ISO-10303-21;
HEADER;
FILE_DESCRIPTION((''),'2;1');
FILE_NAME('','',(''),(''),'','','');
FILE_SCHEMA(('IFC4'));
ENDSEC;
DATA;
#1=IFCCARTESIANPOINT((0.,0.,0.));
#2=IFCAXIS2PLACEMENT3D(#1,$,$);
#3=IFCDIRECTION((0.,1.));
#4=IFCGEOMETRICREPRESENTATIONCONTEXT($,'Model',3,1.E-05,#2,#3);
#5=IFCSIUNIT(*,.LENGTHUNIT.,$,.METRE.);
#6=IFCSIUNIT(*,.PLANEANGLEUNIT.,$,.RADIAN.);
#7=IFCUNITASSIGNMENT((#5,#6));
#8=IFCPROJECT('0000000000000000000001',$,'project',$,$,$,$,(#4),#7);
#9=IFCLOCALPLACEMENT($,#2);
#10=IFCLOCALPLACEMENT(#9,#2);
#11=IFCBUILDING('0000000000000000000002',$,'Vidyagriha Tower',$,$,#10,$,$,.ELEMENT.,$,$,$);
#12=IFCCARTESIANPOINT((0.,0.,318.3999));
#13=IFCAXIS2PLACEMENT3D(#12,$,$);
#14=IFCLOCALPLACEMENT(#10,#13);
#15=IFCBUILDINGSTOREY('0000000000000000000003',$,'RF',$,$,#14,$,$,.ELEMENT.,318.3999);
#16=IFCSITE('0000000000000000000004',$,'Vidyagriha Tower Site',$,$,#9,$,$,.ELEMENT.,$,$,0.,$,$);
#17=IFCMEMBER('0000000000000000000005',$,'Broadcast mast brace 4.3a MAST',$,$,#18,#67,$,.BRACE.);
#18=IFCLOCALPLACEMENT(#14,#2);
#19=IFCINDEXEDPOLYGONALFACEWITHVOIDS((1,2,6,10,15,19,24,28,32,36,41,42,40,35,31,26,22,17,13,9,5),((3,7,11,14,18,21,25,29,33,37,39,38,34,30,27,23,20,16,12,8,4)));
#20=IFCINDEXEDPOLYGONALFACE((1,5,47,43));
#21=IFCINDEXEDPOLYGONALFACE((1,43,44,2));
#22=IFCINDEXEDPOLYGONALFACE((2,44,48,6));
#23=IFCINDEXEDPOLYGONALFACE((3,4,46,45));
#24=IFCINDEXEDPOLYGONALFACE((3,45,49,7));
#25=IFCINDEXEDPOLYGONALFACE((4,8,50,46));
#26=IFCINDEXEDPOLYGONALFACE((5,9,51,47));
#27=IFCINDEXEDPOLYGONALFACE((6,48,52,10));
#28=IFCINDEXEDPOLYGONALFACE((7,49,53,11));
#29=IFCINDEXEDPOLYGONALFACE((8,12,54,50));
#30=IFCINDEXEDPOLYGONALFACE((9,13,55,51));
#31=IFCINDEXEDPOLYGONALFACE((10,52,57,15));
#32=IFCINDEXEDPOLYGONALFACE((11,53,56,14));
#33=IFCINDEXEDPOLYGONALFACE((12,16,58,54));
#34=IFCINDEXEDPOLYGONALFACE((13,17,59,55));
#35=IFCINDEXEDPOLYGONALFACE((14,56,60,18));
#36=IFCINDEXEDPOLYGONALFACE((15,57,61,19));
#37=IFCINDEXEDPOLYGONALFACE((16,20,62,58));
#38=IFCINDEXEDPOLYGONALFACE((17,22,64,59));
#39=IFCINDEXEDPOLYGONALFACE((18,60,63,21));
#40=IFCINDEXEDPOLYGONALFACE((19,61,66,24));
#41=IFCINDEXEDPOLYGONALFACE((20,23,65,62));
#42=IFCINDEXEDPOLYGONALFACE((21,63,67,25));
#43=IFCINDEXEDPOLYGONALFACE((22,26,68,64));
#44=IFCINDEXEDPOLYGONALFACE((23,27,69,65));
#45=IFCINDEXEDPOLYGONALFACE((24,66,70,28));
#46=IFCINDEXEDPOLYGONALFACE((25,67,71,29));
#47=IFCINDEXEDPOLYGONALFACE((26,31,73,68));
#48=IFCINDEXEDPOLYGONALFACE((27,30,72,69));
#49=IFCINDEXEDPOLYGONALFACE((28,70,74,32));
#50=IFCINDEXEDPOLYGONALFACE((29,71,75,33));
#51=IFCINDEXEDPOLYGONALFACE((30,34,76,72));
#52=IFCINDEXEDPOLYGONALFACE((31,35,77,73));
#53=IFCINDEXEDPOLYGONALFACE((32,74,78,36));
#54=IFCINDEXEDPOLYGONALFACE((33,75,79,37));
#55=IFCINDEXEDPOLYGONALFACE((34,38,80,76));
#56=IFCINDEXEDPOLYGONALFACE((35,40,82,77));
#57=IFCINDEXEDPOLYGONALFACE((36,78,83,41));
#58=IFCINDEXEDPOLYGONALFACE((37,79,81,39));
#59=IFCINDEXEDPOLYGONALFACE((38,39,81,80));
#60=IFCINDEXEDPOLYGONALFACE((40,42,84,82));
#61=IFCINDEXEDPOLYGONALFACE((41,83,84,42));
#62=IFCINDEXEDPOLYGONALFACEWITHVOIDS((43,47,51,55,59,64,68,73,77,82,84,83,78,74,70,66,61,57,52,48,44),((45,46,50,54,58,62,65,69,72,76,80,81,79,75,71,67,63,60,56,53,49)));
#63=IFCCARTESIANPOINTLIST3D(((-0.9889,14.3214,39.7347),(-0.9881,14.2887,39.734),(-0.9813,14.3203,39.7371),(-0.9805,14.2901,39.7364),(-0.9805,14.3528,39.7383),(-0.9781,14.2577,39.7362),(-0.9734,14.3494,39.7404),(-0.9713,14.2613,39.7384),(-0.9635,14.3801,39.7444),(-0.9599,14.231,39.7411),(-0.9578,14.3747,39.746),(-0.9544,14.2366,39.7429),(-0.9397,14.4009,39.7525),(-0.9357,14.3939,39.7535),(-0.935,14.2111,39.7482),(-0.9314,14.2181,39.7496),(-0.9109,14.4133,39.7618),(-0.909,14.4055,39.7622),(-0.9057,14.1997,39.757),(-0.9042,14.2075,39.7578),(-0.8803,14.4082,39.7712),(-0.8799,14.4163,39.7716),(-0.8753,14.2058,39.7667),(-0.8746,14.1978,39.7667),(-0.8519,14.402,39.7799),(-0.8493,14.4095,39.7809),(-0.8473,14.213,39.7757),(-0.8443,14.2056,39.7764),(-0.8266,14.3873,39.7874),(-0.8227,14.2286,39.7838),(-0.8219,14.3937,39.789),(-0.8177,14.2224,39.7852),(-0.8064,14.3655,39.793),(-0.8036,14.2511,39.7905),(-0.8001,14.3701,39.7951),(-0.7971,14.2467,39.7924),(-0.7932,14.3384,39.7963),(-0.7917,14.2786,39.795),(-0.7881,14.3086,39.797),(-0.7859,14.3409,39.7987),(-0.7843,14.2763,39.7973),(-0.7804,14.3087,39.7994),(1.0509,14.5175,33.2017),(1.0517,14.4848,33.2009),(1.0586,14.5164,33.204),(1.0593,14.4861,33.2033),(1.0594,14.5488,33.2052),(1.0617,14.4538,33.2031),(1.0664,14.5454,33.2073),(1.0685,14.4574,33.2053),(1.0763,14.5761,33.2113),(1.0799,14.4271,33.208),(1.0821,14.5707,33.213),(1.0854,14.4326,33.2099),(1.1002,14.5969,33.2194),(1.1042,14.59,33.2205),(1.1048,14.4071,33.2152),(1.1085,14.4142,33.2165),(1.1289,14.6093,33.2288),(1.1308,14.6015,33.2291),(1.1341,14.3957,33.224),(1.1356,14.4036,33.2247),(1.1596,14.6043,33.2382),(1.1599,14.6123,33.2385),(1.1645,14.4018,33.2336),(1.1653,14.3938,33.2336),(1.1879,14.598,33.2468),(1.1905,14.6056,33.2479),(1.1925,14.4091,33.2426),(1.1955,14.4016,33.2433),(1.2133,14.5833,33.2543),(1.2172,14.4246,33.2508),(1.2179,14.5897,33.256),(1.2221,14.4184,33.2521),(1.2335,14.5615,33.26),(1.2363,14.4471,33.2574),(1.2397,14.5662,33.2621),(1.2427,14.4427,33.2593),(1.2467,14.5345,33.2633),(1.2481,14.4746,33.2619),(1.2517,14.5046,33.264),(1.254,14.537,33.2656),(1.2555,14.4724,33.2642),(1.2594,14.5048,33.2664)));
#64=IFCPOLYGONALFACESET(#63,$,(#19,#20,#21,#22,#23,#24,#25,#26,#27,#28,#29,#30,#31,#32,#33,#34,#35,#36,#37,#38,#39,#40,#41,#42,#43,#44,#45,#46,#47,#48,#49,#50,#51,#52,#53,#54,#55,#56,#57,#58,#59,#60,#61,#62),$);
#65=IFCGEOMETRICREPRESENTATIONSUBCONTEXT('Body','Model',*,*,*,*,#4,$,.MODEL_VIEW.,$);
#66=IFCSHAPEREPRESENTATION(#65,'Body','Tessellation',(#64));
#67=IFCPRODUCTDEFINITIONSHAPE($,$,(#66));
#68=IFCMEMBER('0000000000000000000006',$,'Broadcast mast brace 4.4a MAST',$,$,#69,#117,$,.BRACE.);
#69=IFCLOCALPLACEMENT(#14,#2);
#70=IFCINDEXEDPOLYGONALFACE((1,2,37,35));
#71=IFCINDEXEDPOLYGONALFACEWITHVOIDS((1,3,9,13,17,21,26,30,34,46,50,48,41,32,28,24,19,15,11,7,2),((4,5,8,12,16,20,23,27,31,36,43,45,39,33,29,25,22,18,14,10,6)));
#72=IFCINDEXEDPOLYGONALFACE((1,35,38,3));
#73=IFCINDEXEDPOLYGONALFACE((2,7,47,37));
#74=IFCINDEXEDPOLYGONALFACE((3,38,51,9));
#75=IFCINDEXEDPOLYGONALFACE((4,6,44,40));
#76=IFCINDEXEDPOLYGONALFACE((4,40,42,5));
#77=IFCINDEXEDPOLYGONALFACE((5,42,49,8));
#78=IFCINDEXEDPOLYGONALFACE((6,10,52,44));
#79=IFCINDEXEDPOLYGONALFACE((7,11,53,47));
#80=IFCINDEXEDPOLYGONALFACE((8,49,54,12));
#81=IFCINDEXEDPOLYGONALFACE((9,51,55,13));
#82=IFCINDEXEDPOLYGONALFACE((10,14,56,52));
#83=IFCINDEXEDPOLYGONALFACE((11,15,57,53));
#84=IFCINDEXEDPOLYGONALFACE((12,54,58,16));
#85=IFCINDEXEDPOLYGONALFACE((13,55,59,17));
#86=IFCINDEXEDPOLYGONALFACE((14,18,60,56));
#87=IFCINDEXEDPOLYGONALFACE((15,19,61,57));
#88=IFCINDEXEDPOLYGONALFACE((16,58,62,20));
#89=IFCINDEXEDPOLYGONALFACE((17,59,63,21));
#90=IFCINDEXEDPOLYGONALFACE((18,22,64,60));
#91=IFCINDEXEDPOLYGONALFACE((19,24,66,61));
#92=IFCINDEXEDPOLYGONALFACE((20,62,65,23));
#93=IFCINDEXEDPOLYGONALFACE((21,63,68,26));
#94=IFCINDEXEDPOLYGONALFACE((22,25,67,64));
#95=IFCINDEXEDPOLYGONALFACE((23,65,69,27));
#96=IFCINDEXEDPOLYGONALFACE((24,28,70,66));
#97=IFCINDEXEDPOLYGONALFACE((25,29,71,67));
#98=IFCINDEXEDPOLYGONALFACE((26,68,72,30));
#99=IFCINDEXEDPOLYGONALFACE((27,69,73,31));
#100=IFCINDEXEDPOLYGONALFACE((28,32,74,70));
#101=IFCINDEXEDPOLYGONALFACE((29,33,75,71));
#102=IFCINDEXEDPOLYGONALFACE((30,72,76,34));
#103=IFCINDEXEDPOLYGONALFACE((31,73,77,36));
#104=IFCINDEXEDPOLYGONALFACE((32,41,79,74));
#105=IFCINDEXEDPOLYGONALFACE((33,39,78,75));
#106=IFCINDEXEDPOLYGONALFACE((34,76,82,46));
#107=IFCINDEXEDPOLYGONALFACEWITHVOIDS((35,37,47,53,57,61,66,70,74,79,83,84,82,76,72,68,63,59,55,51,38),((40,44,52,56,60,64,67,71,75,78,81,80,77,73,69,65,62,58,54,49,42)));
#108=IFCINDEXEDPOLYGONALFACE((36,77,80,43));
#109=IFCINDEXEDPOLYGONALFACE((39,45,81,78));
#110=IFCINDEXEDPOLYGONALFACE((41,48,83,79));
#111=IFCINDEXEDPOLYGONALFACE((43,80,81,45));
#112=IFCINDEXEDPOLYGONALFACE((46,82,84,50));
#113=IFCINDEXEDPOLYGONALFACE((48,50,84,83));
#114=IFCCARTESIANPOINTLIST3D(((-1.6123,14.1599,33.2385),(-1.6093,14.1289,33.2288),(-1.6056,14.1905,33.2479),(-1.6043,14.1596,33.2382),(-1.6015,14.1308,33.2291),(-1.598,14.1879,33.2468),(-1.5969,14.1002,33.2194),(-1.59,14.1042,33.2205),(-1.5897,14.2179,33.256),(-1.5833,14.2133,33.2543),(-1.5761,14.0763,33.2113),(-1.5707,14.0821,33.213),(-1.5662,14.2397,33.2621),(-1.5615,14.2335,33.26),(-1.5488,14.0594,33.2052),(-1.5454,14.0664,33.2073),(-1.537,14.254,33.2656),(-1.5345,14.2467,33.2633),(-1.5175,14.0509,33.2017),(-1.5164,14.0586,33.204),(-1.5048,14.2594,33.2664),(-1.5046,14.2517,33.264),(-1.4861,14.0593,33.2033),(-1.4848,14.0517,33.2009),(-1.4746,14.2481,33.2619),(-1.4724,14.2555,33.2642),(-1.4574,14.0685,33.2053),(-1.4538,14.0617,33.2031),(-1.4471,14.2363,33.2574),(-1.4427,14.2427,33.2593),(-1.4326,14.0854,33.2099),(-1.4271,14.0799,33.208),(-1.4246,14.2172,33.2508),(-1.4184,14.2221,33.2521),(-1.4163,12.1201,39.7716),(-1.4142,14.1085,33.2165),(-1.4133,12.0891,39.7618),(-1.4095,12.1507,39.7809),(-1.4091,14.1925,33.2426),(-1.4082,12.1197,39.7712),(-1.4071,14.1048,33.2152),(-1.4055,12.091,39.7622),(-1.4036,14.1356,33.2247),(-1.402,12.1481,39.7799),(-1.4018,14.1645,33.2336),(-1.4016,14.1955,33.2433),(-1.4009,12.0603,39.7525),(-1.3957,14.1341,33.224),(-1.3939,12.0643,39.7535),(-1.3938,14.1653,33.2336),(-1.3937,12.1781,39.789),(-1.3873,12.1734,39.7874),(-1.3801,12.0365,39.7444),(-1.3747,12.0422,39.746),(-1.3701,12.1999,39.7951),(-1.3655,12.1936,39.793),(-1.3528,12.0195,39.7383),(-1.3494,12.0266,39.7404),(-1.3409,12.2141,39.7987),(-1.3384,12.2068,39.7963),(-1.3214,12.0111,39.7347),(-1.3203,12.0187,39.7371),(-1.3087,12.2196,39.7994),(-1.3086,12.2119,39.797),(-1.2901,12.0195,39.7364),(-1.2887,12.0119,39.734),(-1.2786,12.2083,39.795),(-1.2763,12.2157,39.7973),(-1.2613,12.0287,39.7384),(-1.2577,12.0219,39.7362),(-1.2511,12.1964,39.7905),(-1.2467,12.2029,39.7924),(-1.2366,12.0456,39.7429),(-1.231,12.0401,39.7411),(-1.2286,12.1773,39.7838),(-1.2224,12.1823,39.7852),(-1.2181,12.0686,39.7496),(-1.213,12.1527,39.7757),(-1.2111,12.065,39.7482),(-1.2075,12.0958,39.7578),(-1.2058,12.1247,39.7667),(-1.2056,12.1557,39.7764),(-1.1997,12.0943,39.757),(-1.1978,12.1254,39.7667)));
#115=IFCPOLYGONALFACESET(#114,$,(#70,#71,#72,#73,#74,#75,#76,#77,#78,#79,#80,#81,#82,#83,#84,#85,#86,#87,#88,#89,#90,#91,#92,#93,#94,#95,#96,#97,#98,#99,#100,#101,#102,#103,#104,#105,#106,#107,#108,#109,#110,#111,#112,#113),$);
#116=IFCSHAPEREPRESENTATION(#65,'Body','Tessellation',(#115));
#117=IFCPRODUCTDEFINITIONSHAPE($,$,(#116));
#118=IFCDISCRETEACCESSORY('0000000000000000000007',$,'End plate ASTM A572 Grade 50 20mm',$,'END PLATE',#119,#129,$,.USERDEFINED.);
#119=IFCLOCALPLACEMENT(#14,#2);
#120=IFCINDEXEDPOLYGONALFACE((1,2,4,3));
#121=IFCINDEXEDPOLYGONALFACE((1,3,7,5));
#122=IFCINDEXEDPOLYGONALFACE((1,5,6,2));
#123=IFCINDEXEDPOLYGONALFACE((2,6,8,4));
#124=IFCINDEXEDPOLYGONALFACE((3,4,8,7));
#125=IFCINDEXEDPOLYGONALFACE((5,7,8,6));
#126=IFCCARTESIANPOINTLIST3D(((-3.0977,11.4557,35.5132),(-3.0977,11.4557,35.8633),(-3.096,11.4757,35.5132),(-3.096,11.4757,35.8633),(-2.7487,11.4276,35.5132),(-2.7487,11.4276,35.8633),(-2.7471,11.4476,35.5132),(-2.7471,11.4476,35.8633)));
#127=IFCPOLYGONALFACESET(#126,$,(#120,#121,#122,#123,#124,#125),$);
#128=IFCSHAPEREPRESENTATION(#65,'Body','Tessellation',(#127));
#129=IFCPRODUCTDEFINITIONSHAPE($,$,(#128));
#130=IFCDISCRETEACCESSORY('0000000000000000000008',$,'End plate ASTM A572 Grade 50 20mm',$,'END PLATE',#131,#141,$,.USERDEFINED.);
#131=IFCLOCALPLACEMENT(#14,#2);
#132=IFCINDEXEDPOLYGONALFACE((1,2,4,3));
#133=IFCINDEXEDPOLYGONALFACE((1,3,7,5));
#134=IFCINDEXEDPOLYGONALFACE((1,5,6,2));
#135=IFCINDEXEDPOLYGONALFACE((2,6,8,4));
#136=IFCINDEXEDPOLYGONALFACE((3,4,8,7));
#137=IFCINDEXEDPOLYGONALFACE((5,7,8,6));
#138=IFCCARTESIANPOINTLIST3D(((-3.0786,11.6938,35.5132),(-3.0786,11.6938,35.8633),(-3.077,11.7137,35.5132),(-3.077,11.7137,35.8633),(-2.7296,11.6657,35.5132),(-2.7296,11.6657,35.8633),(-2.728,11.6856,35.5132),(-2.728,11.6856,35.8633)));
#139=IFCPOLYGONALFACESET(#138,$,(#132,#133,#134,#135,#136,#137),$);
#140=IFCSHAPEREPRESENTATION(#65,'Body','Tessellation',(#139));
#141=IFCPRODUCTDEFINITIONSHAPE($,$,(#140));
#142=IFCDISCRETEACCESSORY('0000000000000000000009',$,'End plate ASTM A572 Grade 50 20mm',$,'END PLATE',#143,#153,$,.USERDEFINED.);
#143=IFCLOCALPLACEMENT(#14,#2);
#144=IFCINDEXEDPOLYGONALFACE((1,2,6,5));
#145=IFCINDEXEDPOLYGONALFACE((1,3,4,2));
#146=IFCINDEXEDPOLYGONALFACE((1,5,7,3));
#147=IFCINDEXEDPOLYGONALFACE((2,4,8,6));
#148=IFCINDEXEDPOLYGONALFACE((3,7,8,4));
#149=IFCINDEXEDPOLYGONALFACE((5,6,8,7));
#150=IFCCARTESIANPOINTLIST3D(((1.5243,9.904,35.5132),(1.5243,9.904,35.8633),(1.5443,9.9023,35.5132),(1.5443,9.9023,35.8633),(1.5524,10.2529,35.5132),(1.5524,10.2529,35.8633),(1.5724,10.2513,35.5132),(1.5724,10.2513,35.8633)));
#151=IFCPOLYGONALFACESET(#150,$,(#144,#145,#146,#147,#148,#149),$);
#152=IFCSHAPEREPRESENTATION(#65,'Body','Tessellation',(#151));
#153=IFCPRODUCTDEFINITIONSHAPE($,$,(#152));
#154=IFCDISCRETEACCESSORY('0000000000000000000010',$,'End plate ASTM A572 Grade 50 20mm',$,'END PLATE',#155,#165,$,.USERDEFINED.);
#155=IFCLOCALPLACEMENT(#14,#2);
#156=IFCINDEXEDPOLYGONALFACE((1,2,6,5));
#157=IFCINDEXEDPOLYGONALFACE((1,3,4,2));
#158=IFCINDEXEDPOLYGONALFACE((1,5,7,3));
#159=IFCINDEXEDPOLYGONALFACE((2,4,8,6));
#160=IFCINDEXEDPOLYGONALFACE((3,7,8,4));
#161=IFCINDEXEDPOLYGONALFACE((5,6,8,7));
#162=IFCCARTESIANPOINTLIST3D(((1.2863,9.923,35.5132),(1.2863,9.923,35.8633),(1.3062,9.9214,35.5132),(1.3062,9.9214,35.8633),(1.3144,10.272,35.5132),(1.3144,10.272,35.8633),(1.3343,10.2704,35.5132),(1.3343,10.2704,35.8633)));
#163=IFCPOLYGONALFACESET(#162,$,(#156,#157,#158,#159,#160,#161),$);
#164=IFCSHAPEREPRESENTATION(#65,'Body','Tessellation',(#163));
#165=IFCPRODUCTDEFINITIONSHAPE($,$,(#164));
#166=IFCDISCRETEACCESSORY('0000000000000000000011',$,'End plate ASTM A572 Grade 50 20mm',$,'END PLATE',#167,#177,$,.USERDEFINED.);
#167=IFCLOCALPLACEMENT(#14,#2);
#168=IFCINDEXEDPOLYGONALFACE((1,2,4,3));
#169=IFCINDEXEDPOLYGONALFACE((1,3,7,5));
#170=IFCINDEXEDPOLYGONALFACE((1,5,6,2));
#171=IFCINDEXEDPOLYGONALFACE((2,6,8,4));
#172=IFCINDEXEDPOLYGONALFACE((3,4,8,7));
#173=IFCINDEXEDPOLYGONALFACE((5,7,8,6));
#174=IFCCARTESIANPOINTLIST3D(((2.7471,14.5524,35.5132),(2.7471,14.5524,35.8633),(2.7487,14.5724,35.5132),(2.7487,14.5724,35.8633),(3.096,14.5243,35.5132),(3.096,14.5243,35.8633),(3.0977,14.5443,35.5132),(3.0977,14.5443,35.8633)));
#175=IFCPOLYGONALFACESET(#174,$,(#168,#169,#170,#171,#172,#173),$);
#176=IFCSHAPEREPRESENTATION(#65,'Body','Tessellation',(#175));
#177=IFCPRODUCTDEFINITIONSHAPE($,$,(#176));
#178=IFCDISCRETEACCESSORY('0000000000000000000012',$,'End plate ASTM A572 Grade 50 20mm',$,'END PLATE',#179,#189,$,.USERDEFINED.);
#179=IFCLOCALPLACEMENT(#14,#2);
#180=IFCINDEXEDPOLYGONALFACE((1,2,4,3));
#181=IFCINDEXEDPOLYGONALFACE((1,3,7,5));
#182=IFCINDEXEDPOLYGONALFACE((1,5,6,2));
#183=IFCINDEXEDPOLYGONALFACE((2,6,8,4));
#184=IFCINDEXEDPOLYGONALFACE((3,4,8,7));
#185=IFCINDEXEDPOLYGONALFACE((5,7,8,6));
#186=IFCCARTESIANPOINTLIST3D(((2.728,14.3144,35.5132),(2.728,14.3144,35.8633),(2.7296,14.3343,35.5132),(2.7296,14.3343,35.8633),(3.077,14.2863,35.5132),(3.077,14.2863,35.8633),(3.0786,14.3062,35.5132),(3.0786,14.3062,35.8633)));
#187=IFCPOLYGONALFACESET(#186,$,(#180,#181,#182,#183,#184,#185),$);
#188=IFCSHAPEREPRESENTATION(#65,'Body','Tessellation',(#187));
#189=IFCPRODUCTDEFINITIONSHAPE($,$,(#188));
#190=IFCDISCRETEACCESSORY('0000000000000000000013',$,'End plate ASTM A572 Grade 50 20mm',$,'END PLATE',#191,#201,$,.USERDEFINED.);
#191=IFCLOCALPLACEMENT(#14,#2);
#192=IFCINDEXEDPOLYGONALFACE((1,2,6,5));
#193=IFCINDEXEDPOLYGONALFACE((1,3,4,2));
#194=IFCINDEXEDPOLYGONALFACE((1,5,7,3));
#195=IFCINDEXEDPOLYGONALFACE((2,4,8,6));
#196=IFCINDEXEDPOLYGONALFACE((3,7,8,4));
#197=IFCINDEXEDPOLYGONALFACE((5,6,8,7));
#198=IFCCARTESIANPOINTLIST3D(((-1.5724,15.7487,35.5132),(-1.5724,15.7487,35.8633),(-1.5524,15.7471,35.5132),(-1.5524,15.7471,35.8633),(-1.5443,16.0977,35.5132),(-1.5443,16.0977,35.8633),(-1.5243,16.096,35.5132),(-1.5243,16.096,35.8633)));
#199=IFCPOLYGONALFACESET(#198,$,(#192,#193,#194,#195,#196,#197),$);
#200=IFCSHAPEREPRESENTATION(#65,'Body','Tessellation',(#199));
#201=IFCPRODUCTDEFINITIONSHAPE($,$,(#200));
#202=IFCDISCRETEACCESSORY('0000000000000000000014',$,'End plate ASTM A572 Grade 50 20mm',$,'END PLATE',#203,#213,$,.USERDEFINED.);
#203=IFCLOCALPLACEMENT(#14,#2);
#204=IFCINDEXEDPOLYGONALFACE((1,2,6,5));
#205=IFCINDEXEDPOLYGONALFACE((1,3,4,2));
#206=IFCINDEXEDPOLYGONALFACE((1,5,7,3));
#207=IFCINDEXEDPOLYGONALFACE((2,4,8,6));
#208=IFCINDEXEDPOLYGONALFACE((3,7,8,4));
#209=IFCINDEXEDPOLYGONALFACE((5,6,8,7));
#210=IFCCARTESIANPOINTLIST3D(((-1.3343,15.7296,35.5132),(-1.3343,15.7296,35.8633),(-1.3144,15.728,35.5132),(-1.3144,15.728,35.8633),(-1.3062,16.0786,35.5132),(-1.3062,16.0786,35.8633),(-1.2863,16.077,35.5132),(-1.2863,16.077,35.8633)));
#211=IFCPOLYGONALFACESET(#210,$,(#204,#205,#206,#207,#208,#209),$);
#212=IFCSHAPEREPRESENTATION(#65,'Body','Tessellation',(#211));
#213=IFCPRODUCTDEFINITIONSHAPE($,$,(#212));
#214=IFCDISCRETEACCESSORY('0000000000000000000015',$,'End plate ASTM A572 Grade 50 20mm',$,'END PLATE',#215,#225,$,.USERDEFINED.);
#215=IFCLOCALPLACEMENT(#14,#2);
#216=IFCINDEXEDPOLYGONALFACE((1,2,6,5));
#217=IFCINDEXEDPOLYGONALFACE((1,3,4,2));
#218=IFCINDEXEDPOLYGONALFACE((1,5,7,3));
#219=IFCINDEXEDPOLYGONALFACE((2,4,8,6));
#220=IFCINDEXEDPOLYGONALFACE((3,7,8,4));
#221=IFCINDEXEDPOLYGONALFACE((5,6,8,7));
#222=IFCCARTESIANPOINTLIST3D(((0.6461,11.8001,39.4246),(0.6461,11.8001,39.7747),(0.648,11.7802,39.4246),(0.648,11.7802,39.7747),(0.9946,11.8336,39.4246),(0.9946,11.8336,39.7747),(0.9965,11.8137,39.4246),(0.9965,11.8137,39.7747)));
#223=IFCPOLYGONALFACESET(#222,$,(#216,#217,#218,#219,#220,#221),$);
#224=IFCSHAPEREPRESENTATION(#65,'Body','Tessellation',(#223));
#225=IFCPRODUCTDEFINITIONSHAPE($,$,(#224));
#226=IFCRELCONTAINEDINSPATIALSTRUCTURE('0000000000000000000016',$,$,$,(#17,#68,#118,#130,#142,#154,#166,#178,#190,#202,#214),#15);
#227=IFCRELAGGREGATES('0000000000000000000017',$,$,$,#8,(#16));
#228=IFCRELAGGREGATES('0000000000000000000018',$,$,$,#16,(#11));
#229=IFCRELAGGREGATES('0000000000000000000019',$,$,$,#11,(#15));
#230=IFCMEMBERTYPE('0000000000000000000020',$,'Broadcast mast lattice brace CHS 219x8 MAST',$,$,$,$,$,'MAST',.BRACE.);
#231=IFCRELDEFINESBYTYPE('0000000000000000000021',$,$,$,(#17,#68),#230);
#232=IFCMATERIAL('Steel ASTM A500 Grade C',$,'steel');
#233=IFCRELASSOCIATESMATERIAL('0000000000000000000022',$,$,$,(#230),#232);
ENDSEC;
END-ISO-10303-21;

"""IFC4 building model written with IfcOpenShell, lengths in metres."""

from ifc_helpers import new_model, si_unit, direction, frame, origin, origin_2d, place, context, subcontext, project, spatial, rectangle, hollow_circle, extrude, material, material_profile, profile_set, type_object, element, save


model = new_model("IFC4")

# Units and contexts
model_context = context("Model", 3, precision=1e-05, world=origin(), true_north=direction((0.0, 1.0)))
body_context = subcontext(model_context, "Body", "Model", "MODEL_VIEW")
ifc_project = project(units=[si_unit("LENGTHUNIT", "METRE"), si_unit("PLANEANGLEUNIT", "RADIAN")], contexts=[model_context])

# Site, building, storey
site_placement = place(None, origin())
site = spatial("IfcSite", under=ifc_project, at=site_placement, Name="Vidyagriha Tower Site", CompositionType="ELEMENT", RefElevation=0.0)
building_placement = place(site_placement, origin())
building = spatial("IfcBuilding", under=site, at=building_placement, Name="Vidyagriha Tower", CompositionType="ELEMENT")
storey_placement = place(building_placement, frame((0.0, 0.0, 318.3999)))
storey = spatial("IfcBuildingStorey", under=building, at=storey_placement, Name="RF", CompositionType="ELEMENT", Elevation=318.3999)

# Members
ifc_material = material(Name="Steel ASTM A500 Grade C", Category="steel")
ifc_material_profile = material_profile(ifc_material, hollow_circle(Radius=0.1096, WallThickness=0.0081, at=origin_2d()), Name="Broadcast mast lattice brace CHS 219x8 MAST")
ifc_profile_set = profile_set([ifc_material_profile], Name="Steel ASTM A500 Grade C")
member_type = type_object("IfcMemberType", Name="Broadcast mast lattice brace CHS 219x8 MAST", ElementType="MAST", PredefinedType="BRACE", material=ifc_profile_set)
for number, where, z_axis, x_axis, name in (
    (1, (1.1548, 14.5029, 33.2336), (-0.297919, -0.028633, 0.954162), (0.095669, -0.995413, 0.0), "Broadcast mast brace 4.3a MAST"),
    (2, (-1.5029, 14.1548, 33.2336), (0.028633, -0.297919, 0.954162), (0.995413, 0.095669, 0.0), "Broadcast mast brace 4.4a MAST"),
):
    element("IfcMember", number, at=place(storey_placement, frame(where, z_axis=z_axis, x_axis=x_axis)), inside=storey, type_object=member_type, Name=name, PredefinedType="BRACE", context=body_context, shape_type="SweptSolid", body=[
        extrude(hollow_circle(Radius=0.1096, WallThickness=0.0081, at=origin_2d()), origin(), (0.0, 0.0, 1.0), 6.8469),
    ])

# Discrete accessories
for number, where, z_axis, x_axis, name in (
    (3, (-2.9224, 11.4517, 35.5132), (0.0, 0.0, 1.0), (-0.996767, 0.080349, 0.0), "End plate ASTM A572 Grade 50 20mm"),
    (4, (-2.9033, 11.6897, 35.5132), (0.0, 0.0, 1.0), (-0.996767, 0.080349, 0.0), "End plate ASTM A572 Grade 50 20mm"),
    (5, (1.5483, 10.0776, 35.5132), (0.0, 0.0, 1.0), (-0.080349, -0.996767, 0.0), "End plate ASTM A572 Grade 50 20mm"),
    (6, (1.3103, 10.0967, 35.5132), (0.0, 0.0, 1.0), (-0.080349, -0.996767, 0.0), "End plate ASTM A572 Grade 50 20mm"),
    (7, (2.9224, 14.5483, 35.5132), (0.0, 0.0, 1.0), (0.996767, -0.080349, 0.0), "End plate ASTM A572 Grade 50 20mm"),
    (8, (2.9033, 14.3103, 35.5132), (0.0, 0.0, 1.0), (0.996767, -0.080349, 0.0), "End plate ASTM A572 Grade 50 20mm"),
    (9, (-1.5483, 15.9224, 35.5132), (0.0, 0.0, 1.0), (0.080349, 0.996767, 0.0), "End plate ASTM A572 Grade 50 20mm"),
    (10, (-1.3103, 15.9033, 35.5132), (0.0, 0.0, 1.0), (0.080349, 0.996767, 0.0), "End plate ASTM A572 Grade 50 20mm"),
    (11, (0.8213, 11.8069, 39.4246), (0.0, 0.0, 1.0), (0.995415, 0.095648, 0.0), "End plate ASTM A572 Grade 50 20mm"),
):
    element("IfcDiscreteAccessory", number, at=place(storey_placement, frame(where, z_axis=z_axis, x_axis=x_axis)), inside=storey, Name=name, ObjectType="END PLATE", PredefinedType="USERDEFINED", context=body_context, shape_type="SweptSolid", body=[
        extrude(rectangle(XDim=0.3501, YDim=0.02, at=origin_2d()), origin(), (0.0, 0.0, 1.0), 0.3501),
    ])

save(model, "model.ifc")
